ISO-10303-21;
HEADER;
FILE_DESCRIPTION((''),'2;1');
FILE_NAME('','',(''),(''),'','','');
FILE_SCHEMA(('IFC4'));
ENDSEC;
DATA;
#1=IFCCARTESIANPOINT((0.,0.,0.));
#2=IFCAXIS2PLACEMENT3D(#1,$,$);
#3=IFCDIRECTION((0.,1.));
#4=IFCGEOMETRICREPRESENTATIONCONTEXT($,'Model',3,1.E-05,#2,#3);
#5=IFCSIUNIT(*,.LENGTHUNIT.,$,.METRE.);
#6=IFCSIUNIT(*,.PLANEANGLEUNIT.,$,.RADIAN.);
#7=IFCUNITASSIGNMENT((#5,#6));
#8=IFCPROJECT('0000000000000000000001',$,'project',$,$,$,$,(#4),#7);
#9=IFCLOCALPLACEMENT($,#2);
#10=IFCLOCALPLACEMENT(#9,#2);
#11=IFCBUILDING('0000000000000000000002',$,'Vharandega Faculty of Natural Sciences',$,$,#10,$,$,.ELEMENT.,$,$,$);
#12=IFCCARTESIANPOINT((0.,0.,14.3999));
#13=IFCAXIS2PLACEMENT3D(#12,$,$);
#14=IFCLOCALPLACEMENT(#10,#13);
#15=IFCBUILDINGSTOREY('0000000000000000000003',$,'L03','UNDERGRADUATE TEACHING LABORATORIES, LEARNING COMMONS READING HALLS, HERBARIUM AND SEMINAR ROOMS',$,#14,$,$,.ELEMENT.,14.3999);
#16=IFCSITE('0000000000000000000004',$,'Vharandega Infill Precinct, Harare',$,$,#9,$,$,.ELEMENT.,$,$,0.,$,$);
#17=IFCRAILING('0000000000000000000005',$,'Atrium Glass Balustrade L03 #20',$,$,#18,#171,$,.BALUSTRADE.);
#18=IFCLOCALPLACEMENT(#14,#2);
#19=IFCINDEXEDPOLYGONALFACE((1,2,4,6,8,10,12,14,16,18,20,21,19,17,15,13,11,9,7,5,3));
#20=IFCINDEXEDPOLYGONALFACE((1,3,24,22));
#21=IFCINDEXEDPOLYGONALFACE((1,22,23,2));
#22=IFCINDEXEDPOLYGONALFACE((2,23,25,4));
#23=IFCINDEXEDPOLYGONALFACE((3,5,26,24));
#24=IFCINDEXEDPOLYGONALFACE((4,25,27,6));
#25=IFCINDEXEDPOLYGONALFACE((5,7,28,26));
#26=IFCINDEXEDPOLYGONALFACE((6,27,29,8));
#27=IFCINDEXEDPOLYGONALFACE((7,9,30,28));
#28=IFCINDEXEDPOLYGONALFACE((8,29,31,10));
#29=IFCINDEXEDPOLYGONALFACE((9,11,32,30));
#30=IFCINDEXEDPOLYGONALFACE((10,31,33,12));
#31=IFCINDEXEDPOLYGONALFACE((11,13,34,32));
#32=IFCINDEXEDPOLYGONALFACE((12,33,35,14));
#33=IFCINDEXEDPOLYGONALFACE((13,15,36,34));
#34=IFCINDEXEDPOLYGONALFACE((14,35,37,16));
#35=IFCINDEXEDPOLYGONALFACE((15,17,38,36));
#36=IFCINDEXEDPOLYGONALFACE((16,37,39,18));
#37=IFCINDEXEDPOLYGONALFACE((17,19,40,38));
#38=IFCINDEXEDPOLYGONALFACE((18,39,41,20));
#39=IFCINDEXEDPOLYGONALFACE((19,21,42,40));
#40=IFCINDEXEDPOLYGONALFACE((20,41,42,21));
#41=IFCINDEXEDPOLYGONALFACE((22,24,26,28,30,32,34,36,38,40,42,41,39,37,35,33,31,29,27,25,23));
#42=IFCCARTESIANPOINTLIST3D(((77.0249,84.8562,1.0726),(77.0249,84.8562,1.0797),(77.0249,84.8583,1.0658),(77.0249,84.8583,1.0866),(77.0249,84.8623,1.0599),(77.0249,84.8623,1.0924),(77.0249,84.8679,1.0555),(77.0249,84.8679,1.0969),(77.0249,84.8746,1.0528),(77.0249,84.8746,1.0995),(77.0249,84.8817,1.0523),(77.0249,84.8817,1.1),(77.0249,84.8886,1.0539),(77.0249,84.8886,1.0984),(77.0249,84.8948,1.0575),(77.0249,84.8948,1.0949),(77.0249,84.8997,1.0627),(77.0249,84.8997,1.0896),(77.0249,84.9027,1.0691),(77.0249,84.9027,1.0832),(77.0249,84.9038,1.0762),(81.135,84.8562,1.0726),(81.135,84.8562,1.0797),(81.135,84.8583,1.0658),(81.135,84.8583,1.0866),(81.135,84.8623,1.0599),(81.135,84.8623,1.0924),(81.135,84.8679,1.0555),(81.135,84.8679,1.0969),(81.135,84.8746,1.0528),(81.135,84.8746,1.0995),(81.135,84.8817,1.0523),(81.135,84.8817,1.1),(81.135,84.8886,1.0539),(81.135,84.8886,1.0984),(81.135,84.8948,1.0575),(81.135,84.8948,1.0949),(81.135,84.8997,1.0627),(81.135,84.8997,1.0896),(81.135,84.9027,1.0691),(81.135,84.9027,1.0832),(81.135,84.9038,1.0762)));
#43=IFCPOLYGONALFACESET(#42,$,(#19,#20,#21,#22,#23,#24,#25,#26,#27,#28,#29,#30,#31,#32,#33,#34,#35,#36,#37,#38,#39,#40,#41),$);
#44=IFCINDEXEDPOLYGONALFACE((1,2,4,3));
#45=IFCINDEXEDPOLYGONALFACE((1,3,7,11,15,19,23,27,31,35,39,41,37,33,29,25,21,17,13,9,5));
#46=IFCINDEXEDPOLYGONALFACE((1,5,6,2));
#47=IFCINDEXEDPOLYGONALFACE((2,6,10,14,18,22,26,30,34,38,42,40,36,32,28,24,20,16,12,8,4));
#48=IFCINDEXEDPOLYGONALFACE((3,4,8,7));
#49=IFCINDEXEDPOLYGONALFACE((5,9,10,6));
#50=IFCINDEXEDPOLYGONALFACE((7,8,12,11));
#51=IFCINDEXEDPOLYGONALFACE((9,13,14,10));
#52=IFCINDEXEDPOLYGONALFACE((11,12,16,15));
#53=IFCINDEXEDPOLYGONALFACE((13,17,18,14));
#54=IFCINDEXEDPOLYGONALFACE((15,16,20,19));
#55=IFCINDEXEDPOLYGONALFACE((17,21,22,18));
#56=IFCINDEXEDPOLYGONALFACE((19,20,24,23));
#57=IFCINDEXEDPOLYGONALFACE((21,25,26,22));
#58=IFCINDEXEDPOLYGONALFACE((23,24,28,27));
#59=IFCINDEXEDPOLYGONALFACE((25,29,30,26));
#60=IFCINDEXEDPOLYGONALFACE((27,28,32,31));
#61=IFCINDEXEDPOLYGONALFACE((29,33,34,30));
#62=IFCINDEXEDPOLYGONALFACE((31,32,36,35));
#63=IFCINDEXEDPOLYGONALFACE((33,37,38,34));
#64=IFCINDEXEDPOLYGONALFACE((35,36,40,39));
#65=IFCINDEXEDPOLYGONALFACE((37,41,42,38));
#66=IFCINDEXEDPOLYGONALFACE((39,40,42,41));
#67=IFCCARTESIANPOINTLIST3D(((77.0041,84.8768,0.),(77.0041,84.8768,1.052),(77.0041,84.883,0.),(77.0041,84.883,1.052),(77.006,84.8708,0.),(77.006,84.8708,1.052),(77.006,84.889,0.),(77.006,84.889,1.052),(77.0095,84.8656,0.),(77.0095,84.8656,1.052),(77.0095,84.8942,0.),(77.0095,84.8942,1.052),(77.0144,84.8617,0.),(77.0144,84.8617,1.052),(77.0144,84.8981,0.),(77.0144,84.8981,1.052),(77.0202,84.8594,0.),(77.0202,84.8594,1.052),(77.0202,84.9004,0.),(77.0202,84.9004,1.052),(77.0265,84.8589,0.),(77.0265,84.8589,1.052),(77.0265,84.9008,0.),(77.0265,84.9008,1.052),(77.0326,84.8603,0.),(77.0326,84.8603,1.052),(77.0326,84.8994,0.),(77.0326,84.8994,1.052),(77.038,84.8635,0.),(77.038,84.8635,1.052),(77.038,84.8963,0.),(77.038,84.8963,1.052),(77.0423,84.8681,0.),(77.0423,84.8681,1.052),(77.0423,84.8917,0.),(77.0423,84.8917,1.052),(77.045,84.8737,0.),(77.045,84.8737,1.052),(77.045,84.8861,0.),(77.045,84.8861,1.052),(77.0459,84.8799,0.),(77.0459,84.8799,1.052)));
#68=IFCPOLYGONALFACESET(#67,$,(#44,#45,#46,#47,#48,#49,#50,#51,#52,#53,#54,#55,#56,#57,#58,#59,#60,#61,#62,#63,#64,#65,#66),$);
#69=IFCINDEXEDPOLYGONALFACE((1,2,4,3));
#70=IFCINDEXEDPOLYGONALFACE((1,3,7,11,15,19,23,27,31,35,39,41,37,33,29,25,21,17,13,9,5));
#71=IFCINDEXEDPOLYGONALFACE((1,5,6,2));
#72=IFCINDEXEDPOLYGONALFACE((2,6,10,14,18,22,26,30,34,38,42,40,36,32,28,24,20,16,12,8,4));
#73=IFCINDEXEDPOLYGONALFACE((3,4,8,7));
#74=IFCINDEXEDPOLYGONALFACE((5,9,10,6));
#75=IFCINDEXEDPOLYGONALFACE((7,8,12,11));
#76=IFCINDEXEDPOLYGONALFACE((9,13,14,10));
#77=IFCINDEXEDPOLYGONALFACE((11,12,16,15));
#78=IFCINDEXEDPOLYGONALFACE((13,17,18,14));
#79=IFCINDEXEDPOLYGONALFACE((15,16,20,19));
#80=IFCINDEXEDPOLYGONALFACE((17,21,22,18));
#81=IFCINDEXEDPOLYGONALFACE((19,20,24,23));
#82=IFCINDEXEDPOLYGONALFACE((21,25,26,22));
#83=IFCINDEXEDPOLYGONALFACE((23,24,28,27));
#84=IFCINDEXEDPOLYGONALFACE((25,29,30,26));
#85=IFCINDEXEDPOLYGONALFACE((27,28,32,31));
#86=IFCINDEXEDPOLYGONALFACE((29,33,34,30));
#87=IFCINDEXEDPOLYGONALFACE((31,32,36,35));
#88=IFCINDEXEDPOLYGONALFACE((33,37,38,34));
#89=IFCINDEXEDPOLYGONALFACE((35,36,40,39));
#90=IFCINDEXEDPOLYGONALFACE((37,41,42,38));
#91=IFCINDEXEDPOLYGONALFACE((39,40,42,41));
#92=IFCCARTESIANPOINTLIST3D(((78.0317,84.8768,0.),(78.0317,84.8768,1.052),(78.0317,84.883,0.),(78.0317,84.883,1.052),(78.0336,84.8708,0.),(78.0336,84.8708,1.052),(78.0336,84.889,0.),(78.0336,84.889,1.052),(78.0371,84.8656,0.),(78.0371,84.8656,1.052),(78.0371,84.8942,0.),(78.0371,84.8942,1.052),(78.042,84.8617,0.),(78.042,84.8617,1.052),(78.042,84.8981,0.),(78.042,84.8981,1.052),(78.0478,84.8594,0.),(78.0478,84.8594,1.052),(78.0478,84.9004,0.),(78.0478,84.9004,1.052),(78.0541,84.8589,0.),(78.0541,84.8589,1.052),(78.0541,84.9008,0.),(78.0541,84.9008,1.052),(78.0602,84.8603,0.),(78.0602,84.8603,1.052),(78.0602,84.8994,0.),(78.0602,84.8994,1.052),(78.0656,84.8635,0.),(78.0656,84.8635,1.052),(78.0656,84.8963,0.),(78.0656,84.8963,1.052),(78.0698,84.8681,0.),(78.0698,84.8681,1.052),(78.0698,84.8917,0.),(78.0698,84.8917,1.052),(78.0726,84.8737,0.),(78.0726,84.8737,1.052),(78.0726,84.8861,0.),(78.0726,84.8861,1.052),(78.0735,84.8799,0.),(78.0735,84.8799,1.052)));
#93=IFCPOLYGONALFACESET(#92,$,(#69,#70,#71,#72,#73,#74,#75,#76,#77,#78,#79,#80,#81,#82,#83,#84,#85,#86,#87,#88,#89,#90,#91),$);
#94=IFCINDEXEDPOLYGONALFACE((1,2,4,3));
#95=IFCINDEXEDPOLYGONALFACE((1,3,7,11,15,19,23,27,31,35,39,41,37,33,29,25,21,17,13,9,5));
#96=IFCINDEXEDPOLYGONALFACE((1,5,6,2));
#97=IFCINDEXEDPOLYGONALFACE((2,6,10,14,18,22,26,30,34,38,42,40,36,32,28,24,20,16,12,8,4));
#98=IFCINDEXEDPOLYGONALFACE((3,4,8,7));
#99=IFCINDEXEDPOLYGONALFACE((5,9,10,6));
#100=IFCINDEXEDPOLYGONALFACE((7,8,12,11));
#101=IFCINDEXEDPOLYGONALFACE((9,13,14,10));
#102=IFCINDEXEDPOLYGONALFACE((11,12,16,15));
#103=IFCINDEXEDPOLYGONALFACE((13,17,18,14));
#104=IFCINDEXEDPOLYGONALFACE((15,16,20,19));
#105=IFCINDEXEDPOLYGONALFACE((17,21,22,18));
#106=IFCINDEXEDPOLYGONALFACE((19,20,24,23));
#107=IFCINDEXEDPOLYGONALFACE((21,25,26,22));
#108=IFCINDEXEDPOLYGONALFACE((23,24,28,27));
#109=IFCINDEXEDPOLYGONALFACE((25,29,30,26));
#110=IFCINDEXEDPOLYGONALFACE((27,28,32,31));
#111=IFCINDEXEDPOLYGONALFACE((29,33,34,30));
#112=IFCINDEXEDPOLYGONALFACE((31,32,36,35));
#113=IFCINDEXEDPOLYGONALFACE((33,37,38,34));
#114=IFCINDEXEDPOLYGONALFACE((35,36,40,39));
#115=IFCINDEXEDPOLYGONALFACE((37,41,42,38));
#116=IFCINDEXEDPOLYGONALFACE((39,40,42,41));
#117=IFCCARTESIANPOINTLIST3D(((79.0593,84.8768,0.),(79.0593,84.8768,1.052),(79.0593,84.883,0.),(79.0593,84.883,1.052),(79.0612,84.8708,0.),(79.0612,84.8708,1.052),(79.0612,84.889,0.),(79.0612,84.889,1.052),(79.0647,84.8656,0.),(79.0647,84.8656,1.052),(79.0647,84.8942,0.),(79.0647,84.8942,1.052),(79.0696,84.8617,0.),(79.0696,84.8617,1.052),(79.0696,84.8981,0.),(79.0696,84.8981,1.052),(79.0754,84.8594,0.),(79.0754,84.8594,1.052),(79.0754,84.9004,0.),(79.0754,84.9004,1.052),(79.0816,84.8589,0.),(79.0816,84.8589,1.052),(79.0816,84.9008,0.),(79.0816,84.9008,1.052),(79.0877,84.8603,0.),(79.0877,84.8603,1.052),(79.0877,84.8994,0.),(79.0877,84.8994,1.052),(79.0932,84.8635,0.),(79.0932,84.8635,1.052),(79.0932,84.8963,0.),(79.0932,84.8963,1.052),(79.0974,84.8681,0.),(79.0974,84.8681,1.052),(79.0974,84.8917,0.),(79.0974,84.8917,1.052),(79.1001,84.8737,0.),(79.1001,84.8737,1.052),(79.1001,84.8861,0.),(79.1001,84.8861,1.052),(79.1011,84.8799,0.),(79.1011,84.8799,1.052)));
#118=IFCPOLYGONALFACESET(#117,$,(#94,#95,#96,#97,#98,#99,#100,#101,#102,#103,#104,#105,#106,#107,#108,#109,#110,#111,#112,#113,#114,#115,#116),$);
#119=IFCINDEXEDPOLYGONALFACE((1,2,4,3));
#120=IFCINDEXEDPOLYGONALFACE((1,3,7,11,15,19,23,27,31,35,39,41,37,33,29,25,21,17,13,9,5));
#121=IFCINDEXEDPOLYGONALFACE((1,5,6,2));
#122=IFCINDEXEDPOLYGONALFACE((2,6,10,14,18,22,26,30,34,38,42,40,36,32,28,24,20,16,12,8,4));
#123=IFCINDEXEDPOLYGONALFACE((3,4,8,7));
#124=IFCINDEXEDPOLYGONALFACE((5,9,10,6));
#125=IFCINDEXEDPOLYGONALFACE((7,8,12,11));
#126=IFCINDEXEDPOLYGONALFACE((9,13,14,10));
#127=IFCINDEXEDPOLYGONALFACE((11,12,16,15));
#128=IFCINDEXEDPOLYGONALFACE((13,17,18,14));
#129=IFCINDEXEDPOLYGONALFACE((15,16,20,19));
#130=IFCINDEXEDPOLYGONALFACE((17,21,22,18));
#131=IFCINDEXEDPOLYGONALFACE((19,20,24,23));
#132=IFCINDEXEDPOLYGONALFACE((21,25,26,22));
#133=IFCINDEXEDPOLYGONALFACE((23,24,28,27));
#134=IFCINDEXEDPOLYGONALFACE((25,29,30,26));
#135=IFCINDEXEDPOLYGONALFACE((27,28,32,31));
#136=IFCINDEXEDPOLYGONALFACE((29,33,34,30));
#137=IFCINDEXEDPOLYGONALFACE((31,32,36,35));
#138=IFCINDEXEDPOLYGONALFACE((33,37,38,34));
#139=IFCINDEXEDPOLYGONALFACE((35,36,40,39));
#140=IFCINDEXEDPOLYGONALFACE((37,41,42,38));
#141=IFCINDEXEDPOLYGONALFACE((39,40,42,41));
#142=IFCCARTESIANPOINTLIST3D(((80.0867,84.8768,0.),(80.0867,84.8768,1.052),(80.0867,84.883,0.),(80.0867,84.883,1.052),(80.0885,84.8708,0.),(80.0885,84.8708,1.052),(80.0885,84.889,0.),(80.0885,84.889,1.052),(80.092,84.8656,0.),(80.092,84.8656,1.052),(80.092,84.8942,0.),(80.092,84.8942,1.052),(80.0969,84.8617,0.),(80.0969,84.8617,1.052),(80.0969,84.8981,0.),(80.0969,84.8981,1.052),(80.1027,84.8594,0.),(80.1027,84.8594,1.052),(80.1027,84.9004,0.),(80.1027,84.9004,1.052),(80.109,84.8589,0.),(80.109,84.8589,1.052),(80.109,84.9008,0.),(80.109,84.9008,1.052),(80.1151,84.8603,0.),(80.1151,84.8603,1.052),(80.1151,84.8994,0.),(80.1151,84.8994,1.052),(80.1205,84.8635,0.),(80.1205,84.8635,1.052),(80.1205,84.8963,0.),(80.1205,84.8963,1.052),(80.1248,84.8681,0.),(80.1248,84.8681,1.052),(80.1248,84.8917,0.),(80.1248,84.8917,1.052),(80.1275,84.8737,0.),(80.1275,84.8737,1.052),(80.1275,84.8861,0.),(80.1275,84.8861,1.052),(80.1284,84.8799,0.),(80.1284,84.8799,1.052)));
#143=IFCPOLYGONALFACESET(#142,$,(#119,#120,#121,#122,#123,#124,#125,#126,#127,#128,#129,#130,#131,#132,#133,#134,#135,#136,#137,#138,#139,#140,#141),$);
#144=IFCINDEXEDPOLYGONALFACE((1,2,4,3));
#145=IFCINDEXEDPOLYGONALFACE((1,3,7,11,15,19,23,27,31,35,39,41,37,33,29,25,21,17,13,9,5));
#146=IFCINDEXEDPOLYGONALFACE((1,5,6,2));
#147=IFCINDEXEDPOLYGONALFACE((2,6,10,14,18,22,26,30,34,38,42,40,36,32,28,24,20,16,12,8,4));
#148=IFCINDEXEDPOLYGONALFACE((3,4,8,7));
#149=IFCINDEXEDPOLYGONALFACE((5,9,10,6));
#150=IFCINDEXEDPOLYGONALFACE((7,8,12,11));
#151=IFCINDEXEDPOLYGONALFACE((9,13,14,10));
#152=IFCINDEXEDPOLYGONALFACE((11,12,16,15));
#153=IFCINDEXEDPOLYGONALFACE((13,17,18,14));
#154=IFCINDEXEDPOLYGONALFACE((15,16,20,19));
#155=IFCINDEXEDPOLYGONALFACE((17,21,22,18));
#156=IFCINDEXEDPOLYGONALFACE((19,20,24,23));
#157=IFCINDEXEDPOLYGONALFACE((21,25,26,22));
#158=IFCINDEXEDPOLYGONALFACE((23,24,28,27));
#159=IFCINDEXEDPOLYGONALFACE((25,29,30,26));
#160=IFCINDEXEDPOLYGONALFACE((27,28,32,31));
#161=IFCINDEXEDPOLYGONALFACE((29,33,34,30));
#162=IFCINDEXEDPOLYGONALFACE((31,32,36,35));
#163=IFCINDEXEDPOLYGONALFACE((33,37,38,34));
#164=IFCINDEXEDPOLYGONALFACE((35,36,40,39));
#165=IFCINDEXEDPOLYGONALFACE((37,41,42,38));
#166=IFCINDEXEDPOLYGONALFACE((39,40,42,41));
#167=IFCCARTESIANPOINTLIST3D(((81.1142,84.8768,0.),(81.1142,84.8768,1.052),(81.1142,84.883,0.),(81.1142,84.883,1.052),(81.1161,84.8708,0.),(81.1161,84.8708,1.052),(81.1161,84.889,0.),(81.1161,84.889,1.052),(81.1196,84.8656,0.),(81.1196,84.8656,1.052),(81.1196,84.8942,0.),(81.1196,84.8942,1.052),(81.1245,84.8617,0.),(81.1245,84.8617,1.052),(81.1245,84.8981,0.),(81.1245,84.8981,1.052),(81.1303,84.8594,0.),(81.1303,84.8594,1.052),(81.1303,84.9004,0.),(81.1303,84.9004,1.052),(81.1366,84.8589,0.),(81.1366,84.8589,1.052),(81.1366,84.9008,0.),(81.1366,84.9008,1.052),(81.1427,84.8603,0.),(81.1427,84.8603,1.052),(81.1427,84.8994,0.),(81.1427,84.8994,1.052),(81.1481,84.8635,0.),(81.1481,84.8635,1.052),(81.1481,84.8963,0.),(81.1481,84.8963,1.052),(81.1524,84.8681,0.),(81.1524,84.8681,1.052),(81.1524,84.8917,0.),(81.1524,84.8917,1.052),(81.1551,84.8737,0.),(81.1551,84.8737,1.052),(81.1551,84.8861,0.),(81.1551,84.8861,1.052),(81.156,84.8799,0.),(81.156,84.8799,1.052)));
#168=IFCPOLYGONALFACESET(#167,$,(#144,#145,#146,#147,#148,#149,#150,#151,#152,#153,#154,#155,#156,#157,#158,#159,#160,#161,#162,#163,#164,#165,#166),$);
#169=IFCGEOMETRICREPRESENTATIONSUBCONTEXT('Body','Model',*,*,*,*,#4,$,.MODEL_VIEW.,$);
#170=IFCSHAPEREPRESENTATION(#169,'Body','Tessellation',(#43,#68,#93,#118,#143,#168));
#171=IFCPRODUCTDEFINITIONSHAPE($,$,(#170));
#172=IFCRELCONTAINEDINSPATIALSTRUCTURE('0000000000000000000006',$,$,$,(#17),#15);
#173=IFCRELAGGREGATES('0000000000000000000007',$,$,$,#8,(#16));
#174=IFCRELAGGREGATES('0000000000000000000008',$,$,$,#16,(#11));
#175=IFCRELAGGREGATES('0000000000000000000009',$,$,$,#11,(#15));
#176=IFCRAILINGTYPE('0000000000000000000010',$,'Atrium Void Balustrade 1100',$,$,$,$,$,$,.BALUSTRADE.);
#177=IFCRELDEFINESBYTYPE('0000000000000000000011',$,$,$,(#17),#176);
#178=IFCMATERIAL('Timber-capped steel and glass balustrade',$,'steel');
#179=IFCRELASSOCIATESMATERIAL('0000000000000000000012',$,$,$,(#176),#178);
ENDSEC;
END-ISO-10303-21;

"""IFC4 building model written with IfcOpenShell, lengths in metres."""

from ifc_helpers import new_model, si_unit, direction, frame, origin, origin_2d, place, context, subcontext, project, spatial, circle, extrude, material, type_object, element, save


model = new_model("IFC4")

# Units and contexts
model_context = context("Model", 3, precision=1e-05, world=origin(), true_north=direction((0.0, 1.0)))
body_context = subcontext(model_context, "Body", "Model", "MODEL_VIEW")
ifc_project = project(units=[si_unit("LENGTHUNIT", "METRE"), si_unit("PLANEANGLEUNIT", "RADIAN")], contexts=[model_context])

# Site, building, storey
site_placement = place(None, origin())
site = spatial("IfcSite", under=ifc_project, at=site_placement, Name="Vharandega Infill Precinct, Harare", CompositionType="ELEMENT", RefElevation=0.0)
building_placement = place(site_placement, origin())
building = spatial("IfcBuilding", under=site, at=building_placement, Name="Vharandega Faculty of Natural Sciences", CompositionType="ELEMENT")
storey_placement = place(building_placement, frame((0.0, 0.0, 14.3999)))
storey = spatial("IfcBuildingStorey", under=building, at=storey_placement, Name="L03", Description="UNDERGRADUATE TEACHING LABORATORIES, LEARNING COMMONS READING HALLS, HERBARIUM AND SEMINAR ROOMS", CompositionType="ELEMENT", Elevation=14.3999)

# Railing
ifc_material_1 = material(Name="Timber-capped steel and glass balustrade", Category="steel")
railing_type = type_object("IfcRailingType", Name="Atrium Void Balustrade 1100", PredefinedType="BALUSTRADE", material=ifc_material_1)
for number, where, name in (
    (1, (77.0249, 84.8799, 0.0), "Atrium Glass Balustrade L03 #20"),
):
    element("IfcRailing", number, at=place(storey_placement, frame(where)), inside=storey, type_object=railing_type, Name=name, PredefinedType="BALUSTRADE", context=body_context, shape_type="SweptSolid", body=[
        extrude(circle(Radius=0.0239, at=origin_2d()), frame((0.0, 0.0, 1.0762), z_axis=(1.0, 0.0, 0.0), x_axis=(0.0, 1.0, 0.0)), (0.0, 0.0, 1.0), 4.1101),
        extrude(circle(Radius=0.021, at=origin_2d()), origin(), (0.0, 0.0, 1.0), 1.052),
        extrude(circle(Radius=0.021, at=origin_2d()), frame((1.0276, 0.0, 0.0)), (0.0, 0.0, 1.0), 1.052),
        extrude(circle(Radius=0.021, at=origin_2d()), frame((2.0552, 0.0, 0.0)), (0.0, 0.0, 1.0), 1.052),
        extrude(circle(Radius=0.021, at=origin_2d()), frame((3.0825, 0.0, 0.0)), (0.0, 0.0, 1.0), 1.052),
        extrude(circle(Radius=0.021, at=origin_2d()), frame((4.1101, 0.0, 0.0)), (0.0, 0.0, 1.0), 1.052),
    ])

save(model, "model.ifc")
